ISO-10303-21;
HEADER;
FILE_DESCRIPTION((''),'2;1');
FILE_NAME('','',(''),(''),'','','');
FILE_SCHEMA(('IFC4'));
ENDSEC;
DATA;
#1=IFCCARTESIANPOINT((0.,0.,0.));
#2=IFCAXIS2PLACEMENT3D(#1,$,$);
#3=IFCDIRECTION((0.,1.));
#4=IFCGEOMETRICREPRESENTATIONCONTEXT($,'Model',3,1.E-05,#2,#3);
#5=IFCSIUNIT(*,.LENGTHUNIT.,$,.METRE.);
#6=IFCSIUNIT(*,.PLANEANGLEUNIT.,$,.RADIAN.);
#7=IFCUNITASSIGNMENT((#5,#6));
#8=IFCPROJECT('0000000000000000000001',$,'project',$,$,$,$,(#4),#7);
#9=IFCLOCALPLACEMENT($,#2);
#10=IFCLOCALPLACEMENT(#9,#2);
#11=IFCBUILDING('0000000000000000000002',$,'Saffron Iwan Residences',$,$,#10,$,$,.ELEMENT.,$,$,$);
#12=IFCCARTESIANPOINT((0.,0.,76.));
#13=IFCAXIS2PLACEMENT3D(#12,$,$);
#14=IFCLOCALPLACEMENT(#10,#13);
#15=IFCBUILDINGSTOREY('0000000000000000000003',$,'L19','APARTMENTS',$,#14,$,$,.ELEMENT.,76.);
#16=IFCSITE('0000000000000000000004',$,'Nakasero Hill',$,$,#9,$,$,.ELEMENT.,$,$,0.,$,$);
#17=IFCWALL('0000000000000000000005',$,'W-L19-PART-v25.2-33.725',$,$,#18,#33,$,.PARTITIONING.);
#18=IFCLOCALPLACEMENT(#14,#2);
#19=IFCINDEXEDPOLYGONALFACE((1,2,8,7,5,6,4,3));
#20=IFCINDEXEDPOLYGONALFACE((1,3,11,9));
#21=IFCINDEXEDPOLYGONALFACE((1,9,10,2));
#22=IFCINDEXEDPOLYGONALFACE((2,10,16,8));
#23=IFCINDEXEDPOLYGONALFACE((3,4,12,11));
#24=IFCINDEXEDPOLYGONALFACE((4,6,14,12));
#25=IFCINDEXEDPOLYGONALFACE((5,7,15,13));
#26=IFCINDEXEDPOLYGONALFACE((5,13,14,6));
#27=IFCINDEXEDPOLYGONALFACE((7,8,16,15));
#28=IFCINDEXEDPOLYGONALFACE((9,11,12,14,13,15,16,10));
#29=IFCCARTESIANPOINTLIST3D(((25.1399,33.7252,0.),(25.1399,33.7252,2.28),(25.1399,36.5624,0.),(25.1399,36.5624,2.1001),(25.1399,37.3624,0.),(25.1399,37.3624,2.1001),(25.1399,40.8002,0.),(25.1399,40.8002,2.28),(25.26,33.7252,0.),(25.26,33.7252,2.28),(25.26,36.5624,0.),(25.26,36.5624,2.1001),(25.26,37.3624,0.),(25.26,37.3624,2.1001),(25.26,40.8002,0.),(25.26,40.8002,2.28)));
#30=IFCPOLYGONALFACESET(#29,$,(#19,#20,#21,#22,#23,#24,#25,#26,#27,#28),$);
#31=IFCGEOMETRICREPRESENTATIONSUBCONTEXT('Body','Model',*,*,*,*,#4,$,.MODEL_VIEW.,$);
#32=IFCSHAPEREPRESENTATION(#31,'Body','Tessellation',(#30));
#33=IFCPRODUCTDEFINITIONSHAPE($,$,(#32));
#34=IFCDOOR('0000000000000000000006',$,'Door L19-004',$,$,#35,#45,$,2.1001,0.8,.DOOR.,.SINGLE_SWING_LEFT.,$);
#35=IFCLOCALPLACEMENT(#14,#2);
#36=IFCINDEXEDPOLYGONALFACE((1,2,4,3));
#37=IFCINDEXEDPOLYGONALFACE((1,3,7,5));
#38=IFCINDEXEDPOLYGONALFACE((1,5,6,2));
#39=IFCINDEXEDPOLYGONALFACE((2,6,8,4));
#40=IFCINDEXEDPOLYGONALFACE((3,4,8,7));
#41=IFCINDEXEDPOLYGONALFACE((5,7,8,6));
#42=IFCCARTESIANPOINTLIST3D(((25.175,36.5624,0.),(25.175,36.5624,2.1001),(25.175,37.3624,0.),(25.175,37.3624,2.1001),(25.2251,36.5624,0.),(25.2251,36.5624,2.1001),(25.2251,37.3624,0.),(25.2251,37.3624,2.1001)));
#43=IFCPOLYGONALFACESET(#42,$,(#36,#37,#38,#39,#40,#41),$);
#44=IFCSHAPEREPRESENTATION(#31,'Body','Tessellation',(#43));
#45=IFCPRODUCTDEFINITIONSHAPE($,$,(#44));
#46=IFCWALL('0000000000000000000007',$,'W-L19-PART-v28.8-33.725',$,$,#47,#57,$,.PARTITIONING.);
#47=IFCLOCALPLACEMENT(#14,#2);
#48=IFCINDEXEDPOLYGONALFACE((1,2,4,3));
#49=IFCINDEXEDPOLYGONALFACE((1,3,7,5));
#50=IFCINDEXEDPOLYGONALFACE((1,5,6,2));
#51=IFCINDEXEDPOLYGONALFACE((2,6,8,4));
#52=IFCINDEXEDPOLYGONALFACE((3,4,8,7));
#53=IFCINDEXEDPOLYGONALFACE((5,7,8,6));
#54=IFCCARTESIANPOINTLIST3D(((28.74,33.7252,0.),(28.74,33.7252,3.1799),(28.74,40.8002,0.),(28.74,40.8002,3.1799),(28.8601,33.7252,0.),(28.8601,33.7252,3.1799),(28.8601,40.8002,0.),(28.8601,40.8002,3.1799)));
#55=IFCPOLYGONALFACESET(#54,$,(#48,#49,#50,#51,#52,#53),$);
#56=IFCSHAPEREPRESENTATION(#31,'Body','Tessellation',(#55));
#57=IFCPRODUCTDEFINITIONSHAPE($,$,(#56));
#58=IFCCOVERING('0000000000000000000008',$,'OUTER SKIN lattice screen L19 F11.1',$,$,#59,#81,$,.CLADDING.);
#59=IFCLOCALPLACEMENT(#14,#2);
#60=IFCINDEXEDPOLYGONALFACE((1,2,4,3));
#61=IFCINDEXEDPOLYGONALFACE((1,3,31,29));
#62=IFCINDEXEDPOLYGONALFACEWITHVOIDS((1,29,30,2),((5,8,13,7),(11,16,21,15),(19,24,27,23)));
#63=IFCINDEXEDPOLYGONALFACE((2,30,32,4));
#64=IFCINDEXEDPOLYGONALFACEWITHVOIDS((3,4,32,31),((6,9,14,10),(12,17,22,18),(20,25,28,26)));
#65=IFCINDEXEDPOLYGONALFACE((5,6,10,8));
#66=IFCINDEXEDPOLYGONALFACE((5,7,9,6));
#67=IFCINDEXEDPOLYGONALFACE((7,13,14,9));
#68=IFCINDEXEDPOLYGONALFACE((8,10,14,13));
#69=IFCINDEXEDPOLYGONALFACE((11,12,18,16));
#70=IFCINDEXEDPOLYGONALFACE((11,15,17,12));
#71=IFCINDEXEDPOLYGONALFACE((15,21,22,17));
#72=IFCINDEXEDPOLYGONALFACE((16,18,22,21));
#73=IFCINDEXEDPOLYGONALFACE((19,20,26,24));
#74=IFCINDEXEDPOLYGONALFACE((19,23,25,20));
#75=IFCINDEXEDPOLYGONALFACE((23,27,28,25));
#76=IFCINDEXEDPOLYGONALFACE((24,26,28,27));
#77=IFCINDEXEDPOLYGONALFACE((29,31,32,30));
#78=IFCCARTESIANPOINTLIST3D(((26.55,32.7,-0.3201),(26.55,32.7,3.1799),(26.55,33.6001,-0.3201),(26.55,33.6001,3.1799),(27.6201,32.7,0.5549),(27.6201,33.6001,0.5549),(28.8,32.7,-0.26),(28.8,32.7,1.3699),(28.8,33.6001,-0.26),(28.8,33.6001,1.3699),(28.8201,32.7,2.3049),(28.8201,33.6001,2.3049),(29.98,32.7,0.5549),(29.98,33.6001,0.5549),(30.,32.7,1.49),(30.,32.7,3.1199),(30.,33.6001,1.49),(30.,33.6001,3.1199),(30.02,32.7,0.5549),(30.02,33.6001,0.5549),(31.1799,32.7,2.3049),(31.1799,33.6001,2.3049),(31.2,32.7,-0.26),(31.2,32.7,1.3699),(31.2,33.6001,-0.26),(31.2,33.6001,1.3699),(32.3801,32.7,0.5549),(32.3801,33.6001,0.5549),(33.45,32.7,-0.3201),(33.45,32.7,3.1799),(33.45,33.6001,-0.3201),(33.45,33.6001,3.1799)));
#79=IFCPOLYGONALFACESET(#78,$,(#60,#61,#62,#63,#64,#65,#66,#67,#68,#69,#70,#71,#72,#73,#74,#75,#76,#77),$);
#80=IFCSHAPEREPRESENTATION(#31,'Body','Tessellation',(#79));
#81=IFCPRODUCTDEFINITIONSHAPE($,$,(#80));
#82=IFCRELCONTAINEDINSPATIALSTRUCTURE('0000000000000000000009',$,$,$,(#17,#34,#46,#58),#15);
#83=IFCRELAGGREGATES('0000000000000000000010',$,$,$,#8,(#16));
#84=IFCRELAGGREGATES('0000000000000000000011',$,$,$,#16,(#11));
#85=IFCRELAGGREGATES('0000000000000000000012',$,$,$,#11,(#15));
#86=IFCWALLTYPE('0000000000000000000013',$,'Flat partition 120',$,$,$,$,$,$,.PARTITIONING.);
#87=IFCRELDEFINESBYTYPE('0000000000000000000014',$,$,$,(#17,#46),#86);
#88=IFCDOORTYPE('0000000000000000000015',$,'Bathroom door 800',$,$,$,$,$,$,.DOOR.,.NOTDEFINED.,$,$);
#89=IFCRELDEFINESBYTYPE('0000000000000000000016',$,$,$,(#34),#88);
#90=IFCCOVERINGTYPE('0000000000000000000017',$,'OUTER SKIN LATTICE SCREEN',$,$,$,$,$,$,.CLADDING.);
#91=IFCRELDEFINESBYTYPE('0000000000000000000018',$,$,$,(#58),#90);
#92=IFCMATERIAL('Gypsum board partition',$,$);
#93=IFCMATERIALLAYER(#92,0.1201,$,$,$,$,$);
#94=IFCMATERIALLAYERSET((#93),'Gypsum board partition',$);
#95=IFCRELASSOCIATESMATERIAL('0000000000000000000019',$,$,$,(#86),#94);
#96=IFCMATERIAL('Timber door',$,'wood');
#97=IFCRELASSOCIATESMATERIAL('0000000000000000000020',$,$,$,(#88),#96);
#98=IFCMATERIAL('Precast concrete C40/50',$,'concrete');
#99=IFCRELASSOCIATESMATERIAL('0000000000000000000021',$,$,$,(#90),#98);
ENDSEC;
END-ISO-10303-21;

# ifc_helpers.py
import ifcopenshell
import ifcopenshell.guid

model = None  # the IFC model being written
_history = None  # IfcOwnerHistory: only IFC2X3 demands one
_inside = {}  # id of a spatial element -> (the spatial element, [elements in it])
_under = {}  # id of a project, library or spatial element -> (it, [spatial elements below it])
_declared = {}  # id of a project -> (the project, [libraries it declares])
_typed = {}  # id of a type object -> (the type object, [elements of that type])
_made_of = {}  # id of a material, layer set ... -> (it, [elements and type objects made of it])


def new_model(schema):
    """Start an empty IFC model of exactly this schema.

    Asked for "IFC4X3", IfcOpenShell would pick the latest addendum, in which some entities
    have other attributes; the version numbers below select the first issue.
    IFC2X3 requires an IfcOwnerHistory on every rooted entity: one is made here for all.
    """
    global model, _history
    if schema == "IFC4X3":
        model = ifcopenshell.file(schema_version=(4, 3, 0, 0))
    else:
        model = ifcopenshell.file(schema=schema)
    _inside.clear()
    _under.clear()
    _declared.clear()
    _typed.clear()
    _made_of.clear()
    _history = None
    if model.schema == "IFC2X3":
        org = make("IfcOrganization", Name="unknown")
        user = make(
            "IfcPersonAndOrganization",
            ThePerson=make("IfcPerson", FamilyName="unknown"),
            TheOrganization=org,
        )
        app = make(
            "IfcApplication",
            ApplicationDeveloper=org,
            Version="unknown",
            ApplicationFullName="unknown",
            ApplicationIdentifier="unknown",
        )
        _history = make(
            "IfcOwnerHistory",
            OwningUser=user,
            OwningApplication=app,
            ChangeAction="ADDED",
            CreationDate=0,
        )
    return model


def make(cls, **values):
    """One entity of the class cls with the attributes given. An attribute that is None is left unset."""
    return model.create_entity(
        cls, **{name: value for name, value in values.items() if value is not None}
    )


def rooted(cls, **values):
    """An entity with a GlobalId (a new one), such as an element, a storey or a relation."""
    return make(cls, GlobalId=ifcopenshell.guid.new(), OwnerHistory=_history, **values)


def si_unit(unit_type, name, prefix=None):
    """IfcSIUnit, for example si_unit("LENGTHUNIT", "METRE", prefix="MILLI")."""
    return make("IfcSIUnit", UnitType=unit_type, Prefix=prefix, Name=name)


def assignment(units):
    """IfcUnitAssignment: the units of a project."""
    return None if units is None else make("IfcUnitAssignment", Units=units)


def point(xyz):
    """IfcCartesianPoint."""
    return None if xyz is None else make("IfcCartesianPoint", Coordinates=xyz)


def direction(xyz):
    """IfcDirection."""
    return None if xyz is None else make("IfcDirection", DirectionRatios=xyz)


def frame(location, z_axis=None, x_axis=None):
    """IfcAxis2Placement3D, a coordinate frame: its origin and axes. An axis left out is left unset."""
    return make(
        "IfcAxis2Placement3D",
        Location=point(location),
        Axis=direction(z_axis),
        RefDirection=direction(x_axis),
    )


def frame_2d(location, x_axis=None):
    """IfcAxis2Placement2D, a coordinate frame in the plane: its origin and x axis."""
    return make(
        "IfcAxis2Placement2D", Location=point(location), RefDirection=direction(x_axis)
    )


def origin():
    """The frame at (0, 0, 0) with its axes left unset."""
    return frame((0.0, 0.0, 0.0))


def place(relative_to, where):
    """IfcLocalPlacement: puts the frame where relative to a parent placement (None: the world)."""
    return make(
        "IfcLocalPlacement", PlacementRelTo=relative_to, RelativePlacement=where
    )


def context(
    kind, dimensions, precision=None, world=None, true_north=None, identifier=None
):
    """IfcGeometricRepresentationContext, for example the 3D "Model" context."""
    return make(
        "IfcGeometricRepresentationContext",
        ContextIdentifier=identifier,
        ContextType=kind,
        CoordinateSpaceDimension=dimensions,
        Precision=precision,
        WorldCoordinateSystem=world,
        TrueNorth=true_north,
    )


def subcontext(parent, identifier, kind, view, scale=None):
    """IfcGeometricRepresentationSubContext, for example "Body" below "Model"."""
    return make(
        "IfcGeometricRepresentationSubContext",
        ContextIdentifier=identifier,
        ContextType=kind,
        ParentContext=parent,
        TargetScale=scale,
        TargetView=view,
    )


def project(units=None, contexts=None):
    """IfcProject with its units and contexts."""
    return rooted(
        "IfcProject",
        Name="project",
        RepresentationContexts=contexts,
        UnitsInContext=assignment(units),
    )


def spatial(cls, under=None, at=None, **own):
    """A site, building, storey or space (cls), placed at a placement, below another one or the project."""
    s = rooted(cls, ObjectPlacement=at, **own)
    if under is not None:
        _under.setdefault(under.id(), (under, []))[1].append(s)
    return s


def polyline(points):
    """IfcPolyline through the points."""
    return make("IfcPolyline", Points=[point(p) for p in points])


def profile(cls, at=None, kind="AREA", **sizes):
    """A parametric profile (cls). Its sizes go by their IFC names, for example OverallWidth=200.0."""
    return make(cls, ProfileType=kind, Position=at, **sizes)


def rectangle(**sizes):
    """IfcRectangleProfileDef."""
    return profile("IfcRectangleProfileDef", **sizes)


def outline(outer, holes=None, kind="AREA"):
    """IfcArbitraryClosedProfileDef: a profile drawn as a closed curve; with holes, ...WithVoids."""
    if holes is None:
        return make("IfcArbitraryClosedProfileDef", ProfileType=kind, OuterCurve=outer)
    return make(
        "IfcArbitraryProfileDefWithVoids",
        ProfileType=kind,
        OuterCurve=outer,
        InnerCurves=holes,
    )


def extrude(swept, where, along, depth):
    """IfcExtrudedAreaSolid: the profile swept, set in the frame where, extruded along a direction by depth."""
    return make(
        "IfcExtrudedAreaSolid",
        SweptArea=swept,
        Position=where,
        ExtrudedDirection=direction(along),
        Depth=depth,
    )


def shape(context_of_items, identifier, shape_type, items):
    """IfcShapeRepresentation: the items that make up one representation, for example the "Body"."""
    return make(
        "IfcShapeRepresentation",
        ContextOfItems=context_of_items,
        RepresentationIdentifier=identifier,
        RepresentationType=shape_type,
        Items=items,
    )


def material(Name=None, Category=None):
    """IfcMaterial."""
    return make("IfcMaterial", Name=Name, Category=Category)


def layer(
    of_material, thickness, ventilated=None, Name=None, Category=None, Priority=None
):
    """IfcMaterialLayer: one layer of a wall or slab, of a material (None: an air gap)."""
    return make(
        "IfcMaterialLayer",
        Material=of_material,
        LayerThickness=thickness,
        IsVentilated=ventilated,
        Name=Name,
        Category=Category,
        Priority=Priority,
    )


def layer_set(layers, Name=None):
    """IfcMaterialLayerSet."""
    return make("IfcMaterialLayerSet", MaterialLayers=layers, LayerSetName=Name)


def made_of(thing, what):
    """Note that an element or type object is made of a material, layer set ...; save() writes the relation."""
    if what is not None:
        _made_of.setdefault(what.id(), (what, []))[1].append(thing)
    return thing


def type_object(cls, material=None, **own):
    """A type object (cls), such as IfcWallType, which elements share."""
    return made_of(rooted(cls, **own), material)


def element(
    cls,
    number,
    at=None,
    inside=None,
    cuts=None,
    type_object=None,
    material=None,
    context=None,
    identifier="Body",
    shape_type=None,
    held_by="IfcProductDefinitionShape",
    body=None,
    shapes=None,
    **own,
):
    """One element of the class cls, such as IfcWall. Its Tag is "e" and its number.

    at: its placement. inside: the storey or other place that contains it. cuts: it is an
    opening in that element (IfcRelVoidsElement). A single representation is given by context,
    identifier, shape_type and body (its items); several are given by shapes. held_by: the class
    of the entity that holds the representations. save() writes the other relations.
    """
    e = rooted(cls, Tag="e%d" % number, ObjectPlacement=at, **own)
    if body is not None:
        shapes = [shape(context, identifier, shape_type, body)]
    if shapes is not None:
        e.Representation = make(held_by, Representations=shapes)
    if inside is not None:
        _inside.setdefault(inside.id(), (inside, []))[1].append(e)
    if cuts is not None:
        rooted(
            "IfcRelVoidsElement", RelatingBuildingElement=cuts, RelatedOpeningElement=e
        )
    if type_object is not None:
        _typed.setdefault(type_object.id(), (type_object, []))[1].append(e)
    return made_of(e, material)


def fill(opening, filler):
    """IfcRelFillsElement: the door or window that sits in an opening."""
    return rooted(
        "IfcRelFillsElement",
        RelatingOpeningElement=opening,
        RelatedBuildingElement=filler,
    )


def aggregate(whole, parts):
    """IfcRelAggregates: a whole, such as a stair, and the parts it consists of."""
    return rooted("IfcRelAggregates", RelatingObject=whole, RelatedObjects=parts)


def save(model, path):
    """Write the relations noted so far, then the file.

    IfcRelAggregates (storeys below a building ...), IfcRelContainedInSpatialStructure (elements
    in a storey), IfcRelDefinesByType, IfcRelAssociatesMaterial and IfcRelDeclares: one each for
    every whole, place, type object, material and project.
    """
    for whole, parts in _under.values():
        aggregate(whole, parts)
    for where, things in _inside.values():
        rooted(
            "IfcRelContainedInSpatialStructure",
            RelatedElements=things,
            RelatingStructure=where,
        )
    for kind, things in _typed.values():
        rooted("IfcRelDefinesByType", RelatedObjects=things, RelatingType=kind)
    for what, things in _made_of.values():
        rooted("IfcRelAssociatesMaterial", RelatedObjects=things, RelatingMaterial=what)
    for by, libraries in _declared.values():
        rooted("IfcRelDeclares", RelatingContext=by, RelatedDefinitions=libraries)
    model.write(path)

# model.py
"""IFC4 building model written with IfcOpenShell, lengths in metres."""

from ifc_helpers import new_model, si_unit, direction, frame, frame_2d, origin, place, context, subcontext, project, spatial, polyline, rectangle, outline, extrude, material, layer, layer_set, type_object, element, fill, save


model = new_model("IFC4")

# Units and contexts
model_context = context("Model", 3, precision=1e-05, world=origin(), true_north=direction((0.0, 1.0)))
body_context = subcontext(model_context, "Body", "Model", "MODEL_VIEW")
ifc_project = project(units=[si_unit("LENGTHUNIT", "METRE"), si_unit("PLANEANGLEUNIT", "RADIAN")], contexts=[model_context])

# Site, building, storey
site_placement = place(None, origin())
site = spatial("IfcSite", under=ifc_project, at=site_placement, Name="Nakasero Hill", CompositionType="ELEMENT", RefElevation=0.0)
building_placement = place(site_placement, origin())
building = spatial("IfcBuilding", under=site, at=building_placement, Name="Saffron Iwan Residences", CompositionType="ELEMENT")
storey_placement = place(building_placement, frame((0.0, 0.0, 76.0)))
storey = spatial("IfcBuildingStorey", under=building, at=storey_placement, Name="L19", Description="APARTMENTS", CompositionType="ELEMENT", Elevation=76.0)

# Shared definitions
ifc_material_1 = material(Name="Gypsum board partition")
ifc_layer_1 = layer(ifc_material_1, 0.1201)
ifc_layer_set_1 = layer_set([ifc_layer_1], Name="Gypsum board partition")
wall_type_1 = type_object("IfcWallType", Name="Flat partition 120", PredefinedType="PARTITIONING", material=ifc_layer_set_1)
ifc_material_2 = material(Name="Timber door", Category="wood")

# Wall, opening, door
wall_1_placement = place(storey_placement, frame((25.2, 33.7251, 0.0), z_axis=(0.0, 0.0, 1.0), x_axis=(0.0, 1.0, 0.0)))
wall_1 = element("IfcWall", 1, at=wall_1_placement, inside=storey, type_object=wall_type_1, Name="W-L19-PART-v25.2-33.725", PredefinedType="PARTITIONING", context=body_context, shape_type="SweptSolid", body=[
    extrude(rectangle(XDim=7.075, YDim=0.1201, at=frame_2d((3.5376, 0.0))), origin(), (0.0, 0.0, 1.0), 2.28),
])
opening_1_placement = place(wall_1_placement, frame((2.8374, 0.0, 0.0)))
opening_1 = element("IfcOpeningElement", 2, at=opening_1_placement, cuts=wall_1, PredefinedType="OPENING", context=body_context, shape_type="SweptSolid", body=[
    extrude(rectangle(XDim=0.8, YDim=2.1001, at=frame_2d((0.3999, 1.05))), frame((0.0, 0.0701, 0.0), z_axis=(0.0, -1.0, 0.0), x_axis=(1.0, 0.0, 0.0)), (0.0, 0.0, 1.0), 0.1401),
])
door_type_1 = type_object("IfcDoorType", Name="Bathroom door 800", OperationType="NOTDEFINED", PredefinedType="DOOR", material=ifc_material_2)
door_1_placement = place(opening_1_placement, origin())
door_1 = element("IfcDoor", 3, at=door_1_placement, inside=storey, type_object=door_type_1, Name="Door L19-004", OperationType="SINGLE_SWING_LEFT", OverallHeight=2.1001, OverallWidth=0.8, PredefinedType="DOOR", context=body_context, shape_type="SweptSolid", body=[
    extrude(rectangle(XDim=0.8, YDim=2.1001, at=frame_2d((0.3999, 1.05))), frame((0.0, 0.0249, 0.0), z_axis=(0.0, -1.0, 0.0), x_axis=(1.0, 0.0, 0.0)), (0.0, 0.0, 1.0), 0.05),
])
fill(opening_1, door_1)

# Wall
wall_2_placement = place(storey_placement, frame((28.8, 33.7251, 0.0), z_axis=(0.0, 0.0, 1.0), x_axis=(0.0, 1.0, 0.0)))
element("IfcWall", 4, at=wall_2_placement, inside=storey, type_object=wall_type_1, Name="W-L19-PART-v28.8-33.725", PredefinedType="PARTITIONING", context=body_context, shape_type="SweptSolid", body=[
    extrude(rectangle(XDim=7.075, YDim=0.1201, at=frame_2d((3.5376, 0.0))), origin(), (0.0, 0.0, 1.0), 3.1799),
])

# Covering
ifc_material_3 = material(Name="Precast concrete C40/50", Category="concrete")
covering_type = type_object("IfcCoveringType", Name="OUTER SKIN LATTICE SCREEN", PredefinedType="CLADDING", material=ifc_material_3)
covering_placement = place(storey_placement, frame((26.55, 33.6001, -0.3201), z_axis=(0.0, -1.0, 0.0), x_axis=(1.0, 0.0, 0.0)))
element("IfcCovering", 5, at=covering_placement, inside=storey, type_object=covering_type, Name="OUTER SKIN lattice screen L19 F11.1", PredefinedType="CLADDING", context=body_context, shape_type="SweptSolid", body=[
    extrude(outline(polyline([(0.0, 0.0), (6.8999, 0.0), (6.8999, 3.5), (0.0, 3.5), (0.0, 0.0)]), holes=[polyline([(1.0701, 0.875), (2.25, 0.0601), (3.4299, 0.875), (2.25, 1.6899), (1.0701, 0.875)]), polyline([(3.47, 0.875), (4.6499, 0.0601), (5.8301, 0.875), (4.6499, 1.6899), (3.47, 0.875)]), polyline([(2.27, 2.625), (3.45, 1.8101), (4.6299, 2.625), (3.45, 3.4399), (2.27, 2.625)])]), origin(), (0.0, 0.0, 1.0), 0.9001),
])

save(model, "model.ifc")
